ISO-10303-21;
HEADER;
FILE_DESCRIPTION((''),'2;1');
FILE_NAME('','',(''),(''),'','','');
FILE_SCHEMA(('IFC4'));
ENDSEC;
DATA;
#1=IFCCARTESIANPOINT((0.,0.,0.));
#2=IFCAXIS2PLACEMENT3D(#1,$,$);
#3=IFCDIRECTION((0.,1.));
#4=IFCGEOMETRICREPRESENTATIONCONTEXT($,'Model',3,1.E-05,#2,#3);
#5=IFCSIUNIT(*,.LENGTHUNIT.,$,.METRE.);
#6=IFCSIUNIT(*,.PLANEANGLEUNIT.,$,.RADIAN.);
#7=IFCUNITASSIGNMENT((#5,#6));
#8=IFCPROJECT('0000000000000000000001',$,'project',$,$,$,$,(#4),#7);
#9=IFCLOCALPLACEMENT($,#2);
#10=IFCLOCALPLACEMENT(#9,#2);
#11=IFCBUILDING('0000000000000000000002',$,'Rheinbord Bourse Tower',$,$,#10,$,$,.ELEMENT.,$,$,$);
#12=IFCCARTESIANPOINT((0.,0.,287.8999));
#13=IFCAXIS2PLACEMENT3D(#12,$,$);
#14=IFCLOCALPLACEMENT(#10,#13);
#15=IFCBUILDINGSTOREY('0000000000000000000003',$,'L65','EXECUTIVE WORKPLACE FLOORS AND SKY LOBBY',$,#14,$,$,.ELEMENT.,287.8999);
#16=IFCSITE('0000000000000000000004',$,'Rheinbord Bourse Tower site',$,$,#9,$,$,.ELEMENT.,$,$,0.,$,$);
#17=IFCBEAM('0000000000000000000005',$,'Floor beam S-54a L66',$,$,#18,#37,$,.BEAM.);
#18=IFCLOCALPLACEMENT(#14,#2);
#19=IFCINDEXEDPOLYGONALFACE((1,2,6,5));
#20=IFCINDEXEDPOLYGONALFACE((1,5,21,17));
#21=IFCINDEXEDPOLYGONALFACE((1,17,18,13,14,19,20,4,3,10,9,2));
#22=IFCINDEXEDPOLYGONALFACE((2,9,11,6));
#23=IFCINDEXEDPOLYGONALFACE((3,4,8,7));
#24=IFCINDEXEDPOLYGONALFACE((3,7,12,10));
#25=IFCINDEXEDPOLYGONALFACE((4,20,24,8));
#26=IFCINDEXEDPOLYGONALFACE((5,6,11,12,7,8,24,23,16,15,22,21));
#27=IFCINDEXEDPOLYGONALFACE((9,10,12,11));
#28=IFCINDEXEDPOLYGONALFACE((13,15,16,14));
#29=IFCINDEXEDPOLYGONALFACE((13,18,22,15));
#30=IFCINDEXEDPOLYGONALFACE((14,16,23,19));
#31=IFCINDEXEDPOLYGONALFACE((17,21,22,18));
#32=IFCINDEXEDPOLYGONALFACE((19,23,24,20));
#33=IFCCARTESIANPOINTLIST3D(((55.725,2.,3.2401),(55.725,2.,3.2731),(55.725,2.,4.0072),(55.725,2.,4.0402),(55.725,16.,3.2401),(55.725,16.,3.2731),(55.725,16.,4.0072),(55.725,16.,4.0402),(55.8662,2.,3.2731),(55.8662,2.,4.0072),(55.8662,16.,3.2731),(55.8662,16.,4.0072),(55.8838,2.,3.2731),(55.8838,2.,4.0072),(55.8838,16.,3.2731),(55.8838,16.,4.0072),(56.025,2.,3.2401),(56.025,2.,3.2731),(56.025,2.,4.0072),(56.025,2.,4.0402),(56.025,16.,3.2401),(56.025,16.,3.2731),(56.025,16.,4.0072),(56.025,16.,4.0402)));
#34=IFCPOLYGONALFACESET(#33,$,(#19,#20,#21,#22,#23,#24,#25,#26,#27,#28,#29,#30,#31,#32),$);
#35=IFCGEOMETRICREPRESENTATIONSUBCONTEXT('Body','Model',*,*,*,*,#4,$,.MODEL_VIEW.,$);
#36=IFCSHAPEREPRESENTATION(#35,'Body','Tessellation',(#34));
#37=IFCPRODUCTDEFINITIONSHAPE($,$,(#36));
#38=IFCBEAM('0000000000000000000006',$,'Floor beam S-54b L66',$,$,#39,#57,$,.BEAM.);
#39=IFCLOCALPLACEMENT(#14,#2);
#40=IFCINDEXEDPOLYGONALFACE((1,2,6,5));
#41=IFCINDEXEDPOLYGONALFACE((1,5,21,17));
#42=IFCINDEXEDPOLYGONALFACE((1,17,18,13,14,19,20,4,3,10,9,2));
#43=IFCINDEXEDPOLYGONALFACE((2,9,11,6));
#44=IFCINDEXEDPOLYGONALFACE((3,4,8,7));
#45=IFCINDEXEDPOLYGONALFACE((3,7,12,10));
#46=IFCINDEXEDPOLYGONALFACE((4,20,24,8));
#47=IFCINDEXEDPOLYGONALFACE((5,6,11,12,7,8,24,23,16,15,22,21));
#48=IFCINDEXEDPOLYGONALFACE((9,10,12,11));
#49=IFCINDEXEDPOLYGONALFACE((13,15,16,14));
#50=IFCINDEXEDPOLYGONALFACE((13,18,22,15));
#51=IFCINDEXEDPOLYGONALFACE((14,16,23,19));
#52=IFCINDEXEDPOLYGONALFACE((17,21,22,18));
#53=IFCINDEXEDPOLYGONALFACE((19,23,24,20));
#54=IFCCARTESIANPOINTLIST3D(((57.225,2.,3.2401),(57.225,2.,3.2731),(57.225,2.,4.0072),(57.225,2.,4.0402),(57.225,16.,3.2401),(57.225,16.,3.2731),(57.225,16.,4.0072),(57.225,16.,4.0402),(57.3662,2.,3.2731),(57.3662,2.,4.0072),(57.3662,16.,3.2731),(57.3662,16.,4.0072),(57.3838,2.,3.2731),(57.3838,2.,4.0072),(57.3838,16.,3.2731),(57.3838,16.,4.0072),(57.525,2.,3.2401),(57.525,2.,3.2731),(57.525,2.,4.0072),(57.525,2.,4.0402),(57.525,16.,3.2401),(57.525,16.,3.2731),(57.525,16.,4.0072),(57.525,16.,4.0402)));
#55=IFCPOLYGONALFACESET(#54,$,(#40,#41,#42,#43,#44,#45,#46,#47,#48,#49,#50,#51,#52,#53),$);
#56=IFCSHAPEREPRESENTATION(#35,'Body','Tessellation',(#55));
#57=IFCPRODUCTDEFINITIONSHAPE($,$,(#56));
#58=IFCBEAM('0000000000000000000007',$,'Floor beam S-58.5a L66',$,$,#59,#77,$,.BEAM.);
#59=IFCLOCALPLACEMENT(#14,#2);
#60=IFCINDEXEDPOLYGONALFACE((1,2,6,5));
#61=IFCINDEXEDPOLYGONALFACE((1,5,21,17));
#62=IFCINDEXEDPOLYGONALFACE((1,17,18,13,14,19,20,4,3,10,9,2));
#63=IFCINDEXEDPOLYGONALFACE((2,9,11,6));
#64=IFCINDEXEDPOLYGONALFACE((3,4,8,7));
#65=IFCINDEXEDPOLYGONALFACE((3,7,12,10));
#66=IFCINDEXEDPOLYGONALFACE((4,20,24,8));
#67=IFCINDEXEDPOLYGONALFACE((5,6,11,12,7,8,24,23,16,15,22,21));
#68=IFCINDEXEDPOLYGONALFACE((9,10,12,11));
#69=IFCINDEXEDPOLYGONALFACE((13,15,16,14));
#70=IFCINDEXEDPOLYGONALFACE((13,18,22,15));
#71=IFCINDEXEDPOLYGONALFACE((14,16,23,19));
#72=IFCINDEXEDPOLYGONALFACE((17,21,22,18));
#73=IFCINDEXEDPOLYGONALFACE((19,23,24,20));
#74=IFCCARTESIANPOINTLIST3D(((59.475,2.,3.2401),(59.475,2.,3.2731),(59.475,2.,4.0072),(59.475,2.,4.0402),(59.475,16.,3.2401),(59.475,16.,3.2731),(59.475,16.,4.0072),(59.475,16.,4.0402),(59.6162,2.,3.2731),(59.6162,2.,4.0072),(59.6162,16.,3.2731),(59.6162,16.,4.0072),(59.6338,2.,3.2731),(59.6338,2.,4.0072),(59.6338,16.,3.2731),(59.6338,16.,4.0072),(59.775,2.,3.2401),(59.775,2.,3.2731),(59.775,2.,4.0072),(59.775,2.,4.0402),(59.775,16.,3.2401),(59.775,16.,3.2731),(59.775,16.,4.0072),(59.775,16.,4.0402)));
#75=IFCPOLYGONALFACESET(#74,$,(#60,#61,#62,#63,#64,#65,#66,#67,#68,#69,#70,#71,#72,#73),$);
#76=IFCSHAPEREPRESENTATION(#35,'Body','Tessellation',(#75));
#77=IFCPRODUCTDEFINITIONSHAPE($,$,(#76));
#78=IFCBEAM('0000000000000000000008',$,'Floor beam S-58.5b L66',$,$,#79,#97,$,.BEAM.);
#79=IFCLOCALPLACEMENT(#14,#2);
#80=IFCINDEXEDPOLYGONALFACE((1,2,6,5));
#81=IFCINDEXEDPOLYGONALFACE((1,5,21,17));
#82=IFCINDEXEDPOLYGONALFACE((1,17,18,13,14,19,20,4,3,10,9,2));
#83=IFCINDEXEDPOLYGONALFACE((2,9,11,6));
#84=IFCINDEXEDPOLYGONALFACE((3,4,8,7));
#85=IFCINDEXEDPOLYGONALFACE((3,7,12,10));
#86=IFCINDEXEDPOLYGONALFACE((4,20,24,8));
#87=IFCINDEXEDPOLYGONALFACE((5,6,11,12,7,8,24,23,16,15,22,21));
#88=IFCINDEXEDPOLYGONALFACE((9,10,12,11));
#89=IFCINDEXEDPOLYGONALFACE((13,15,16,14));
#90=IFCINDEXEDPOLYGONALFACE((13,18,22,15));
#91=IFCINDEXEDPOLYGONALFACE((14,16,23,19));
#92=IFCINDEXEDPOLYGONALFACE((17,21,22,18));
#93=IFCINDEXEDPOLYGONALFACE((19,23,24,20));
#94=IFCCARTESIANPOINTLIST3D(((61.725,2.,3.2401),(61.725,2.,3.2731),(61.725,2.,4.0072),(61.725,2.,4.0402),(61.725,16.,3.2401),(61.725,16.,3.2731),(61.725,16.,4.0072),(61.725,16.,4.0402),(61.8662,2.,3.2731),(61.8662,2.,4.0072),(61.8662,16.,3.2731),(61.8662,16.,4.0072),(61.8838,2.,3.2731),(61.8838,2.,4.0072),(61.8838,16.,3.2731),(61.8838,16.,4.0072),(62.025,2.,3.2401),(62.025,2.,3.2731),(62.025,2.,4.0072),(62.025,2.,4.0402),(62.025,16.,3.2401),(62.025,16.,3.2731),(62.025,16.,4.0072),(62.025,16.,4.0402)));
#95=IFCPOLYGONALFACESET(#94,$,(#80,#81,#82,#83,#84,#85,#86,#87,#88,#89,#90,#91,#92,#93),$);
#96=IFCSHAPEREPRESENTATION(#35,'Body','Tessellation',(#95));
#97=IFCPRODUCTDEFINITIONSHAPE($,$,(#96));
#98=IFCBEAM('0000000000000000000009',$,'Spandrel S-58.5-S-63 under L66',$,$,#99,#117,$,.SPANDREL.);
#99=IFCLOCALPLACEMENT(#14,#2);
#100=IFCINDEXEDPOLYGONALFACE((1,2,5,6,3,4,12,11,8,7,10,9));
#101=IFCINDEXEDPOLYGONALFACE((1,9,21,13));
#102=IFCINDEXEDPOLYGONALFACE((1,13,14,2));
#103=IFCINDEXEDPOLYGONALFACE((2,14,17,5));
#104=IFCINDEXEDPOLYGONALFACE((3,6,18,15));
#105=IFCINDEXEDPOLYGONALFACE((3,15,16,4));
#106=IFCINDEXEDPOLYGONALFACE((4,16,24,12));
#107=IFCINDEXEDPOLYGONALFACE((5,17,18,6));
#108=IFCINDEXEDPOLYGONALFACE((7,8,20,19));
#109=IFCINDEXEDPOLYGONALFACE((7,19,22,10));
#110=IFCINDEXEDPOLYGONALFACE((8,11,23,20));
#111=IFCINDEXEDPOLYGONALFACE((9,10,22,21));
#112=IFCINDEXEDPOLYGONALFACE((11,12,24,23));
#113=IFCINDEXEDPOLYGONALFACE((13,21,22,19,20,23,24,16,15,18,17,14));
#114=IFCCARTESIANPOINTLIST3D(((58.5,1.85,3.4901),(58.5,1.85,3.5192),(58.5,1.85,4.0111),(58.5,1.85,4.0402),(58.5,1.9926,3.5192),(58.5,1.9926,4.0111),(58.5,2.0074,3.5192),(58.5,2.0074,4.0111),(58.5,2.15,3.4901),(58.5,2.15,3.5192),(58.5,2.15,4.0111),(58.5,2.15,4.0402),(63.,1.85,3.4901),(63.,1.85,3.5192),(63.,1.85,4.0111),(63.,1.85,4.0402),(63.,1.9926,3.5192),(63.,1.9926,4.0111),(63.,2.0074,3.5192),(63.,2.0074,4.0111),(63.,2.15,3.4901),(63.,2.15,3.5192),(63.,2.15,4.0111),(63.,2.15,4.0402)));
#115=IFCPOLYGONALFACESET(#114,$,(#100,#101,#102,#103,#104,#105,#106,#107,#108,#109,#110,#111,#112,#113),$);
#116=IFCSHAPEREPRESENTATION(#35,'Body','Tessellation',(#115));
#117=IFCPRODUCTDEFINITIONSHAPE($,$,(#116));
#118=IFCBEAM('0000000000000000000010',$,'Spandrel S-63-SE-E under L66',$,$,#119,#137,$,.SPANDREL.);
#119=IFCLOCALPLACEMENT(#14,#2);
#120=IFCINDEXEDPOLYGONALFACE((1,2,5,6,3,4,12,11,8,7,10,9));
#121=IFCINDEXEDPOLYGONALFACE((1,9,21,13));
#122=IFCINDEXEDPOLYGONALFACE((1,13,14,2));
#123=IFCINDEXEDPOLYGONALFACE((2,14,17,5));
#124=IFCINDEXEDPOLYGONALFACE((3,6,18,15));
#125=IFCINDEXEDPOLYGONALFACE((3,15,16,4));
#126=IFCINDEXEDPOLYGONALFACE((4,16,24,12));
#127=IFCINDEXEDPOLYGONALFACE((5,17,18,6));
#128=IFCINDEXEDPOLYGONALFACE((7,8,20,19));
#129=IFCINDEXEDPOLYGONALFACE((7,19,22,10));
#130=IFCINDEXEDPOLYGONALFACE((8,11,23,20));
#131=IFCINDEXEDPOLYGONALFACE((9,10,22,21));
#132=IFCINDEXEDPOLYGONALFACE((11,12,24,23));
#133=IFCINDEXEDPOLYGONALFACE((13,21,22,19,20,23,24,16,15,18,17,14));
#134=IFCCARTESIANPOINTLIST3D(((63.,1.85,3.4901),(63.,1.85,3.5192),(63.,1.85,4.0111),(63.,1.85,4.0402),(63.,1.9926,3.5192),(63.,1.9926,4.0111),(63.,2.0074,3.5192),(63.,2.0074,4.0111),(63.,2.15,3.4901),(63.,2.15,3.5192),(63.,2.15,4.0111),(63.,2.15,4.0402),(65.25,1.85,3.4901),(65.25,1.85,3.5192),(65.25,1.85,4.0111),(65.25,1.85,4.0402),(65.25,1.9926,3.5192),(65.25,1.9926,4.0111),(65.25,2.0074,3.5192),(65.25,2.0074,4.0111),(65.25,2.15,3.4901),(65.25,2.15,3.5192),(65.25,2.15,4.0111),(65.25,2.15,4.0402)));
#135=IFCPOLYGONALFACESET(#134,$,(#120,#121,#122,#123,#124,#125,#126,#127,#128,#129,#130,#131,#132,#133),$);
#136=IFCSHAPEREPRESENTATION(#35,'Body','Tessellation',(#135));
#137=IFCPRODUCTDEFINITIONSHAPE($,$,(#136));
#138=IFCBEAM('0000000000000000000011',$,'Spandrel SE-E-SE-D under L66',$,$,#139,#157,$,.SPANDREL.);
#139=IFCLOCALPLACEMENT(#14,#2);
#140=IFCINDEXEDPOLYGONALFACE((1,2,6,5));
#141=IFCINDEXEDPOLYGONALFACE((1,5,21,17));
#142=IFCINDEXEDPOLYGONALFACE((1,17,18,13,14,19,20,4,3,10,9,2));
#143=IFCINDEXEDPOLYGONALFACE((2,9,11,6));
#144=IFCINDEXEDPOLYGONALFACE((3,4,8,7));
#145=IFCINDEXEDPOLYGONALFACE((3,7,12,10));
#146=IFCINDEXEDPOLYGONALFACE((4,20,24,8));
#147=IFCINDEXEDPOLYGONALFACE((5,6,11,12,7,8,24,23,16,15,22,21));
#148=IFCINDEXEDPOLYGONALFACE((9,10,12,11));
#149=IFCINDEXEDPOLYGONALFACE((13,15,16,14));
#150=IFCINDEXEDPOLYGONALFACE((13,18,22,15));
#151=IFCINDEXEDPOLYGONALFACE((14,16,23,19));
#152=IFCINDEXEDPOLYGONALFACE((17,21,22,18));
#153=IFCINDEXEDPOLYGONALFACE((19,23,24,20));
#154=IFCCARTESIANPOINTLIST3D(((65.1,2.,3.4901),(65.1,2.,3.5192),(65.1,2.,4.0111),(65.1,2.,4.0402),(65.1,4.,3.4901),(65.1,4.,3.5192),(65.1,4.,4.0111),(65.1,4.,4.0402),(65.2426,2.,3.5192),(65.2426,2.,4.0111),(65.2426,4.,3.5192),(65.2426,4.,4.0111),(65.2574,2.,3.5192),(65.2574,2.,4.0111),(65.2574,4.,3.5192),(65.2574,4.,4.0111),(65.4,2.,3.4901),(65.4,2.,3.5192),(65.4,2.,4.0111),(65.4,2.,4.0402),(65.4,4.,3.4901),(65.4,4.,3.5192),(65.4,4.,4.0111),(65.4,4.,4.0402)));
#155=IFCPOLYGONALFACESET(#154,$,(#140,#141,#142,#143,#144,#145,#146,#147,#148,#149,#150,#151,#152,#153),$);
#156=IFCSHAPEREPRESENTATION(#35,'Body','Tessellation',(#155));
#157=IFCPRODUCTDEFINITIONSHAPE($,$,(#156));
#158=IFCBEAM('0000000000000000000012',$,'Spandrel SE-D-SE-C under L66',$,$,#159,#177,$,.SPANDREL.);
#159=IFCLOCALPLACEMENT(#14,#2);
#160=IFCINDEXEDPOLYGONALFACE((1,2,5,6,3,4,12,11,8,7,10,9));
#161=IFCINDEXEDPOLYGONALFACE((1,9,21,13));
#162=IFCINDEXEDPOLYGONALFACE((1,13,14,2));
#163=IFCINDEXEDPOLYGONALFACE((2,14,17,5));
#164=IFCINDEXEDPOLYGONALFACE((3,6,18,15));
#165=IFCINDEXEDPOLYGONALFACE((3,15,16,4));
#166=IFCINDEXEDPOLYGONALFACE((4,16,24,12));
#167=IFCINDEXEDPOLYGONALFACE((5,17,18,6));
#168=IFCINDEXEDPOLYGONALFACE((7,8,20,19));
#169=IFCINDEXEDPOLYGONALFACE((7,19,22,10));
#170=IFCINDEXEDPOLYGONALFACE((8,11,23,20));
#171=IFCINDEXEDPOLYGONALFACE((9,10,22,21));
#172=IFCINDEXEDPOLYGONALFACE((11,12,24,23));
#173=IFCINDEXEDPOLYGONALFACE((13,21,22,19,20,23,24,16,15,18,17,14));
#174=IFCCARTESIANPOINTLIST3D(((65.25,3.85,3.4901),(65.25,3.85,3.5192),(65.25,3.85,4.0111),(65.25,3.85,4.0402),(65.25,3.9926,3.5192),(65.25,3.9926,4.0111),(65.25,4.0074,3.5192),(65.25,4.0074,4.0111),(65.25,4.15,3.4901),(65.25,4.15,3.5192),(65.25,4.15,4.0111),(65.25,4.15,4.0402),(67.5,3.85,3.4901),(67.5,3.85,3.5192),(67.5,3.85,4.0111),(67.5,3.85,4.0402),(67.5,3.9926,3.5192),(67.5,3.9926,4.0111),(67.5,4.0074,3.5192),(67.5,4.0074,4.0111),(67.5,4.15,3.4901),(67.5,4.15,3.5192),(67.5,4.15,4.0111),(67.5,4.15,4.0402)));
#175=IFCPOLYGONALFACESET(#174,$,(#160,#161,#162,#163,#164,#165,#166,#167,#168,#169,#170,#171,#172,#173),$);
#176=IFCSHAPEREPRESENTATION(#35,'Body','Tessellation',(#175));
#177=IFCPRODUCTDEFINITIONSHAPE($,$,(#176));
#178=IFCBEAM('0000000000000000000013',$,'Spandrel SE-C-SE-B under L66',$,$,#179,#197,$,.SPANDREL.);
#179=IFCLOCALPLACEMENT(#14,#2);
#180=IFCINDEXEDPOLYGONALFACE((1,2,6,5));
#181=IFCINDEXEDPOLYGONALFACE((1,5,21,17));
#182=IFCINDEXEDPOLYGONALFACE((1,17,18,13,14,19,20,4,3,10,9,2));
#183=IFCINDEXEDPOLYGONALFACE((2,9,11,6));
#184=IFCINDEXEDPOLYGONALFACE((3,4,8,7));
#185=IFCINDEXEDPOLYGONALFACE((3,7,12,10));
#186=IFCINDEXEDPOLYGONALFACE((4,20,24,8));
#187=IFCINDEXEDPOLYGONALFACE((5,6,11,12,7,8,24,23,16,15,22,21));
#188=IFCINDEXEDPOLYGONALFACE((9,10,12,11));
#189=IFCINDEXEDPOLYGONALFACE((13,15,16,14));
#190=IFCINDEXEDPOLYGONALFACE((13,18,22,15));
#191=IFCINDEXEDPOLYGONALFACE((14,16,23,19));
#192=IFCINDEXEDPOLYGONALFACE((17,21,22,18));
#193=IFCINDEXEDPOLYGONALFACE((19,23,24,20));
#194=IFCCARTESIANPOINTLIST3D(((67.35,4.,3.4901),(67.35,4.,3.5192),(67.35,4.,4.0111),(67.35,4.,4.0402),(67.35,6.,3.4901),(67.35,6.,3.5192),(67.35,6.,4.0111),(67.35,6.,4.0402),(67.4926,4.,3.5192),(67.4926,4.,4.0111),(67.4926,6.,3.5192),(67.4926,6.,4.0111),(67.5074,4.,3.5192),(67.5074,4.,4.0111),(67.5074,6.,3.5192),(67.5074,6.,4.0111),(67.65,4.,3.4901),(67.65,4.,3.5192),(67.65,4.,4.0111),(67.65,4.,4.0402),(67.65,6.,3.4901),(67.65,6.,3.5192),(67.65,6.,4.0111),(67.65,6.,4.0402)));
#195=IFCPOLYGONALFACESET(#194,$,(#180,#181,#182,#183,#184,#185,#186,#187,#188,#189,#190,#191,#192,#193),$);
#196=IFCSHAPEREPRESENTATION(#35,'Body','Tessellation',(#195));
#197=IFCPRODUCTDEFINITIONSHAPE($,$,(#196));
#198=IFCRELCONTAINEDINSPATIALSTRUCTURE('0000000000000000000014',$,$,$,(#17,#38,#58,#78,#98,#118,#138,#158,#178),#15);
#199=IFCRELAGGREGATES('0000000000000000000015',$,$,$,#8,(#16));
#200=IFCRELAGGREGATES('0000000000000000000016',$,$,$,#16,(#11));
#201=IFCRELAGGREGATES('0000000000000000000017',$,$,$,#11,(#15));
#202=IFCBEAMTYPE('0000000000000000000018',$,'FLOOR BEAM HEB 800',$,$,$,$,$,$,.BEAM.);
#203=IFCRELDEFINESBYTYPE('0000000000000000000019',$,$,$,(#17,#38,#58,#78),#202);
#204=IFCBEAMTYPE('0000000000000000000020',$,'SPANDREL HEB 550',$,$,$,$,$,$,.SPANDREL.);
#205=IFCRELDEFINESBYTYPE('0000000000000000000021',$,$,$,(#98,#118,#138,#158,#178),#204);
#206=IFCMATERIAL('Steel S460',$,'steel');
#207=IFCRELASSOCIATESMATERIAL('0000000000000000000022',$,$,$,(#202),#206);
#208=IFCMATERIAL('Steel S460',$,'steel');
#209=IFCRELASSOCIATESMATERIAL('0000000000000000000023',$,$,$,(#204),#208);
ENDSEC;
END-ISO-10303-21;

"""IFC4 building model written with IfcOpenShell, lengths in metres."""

from ifc_helpers import new_model, si_unit, direction, frame, origin, origin_2d, place, context, subcontext, project, spatial, i_section, extrude, material, material_profile, profile_set, type_object, element, save


model = new_model("IFC4")

# Units and contexts
model_context = context("Model", 3, precision=1e-05, world=origin(), true_north=direction((0.0, 1.0)))
body_context = subcontext(model_context, "Body", "Model", "MODEL_VIEW")
ifc_project = project(units=[si_unit("LENGTHUNIT", "METRE"), si_unit("PLANEANGLEUNIT", "RADIAN")], contexts=[model_context])

# Site, building, storey
site_placement = place(None, origin())
site = spatial("IfcSite", under=ifc_project, at=site_placement, Name="Rheinbord Bourse Tower site", CompositionType="ELEMENT", RefElevation=0.0)
building_placement = place(site_placement, origin())
building = spatial("IfcBuilding", under=site, at=building_placement, Name="Rheinbord Bourse Tower", CompositionType="ELEMENT")
storey_placement = place(building_placement, frame((0.0, 0.0, 287.8999)))
storey = spatial("IfcBuildingStorey", under=building, at=storey_placement, Name="L65", Description="EXECUTIVE WORKPLACE FLOORS AND SKY LOBBY", CompositionType="ELEMENT", Elevation=287.8999)

# Beams
ifc_material_1 = material(Name="Steel S460", Category="steel")
ifc_material_profile_1 = material_profile(ifc_material_1, i_section(OverallWidth=0.3, OverallDepth=0.8, WebThickness=0.0176, FlangeThickness=0.033, at=origin_2d()), Name="HEB 800")
ifc_profile_set_1 = profile_set([ifc_material_profile_1], Name="Steel S460")
beam_type_1 = type_object("IfcBeamType", Name="FLOOR BEAM HEB 800", PredefinedType="BEAM", material=ifc_profile_set_1)
for number, where, z_axis, x_axis, name in (
    (1, (55.875, 2.0, 3.6401), (0.0, 1.0, 0.0), (-1.0, 0.0, 0.0), "Floor beam S-54a L66"),
    (2, (57.375, 2.0, 3.6401), (0.0, 1.0, 0.0), (-1.0, 0.0, 0.0), "Floor beam S-54b L66"),
    (3, (59.625, 2.0, 3.6401), (0.0, 1.0, 0.0), (-1.0, 0.0, 0.0), "Floor beam S-58.5a L66"),
    (4, (61.875, 2.0, 3.6401), (0.0, 1.0, 0.0), (-1.0, 0.0, 0.0), "Floor beam S-58.5b L66"),
):
    element("IfcBeam", number, at=place(storey_placement, frame(where, z_axis=z_axis, x_axis=x_axis)), inside=storey, type_object=beam_type_1, Name=name, PredefinedType="BEAM", context=body_context, shape_type="SweptSolid", body=[
        extrude(i_section(OverallWidth=0.3, OverallDepth=0.8, WebThickness=0.0176, FlangeThickness=0.033, at=origin_2d()), origin(), (0.0, 0.0, 1.0), 14.0),
    ])
ifc_material_2 = material(Name="Steel S460", Category="steel")
ifc_material_profile_2 = material_profile(ifc_material_2, i_section(OverallWidth=0.3, OverallDepth=0.55, WebThickness=0.0149, FlangeThickness=0.0291, at=origin_2d()), Name="HEB 550")
ifc_profile_set_2 = profile_set([ifc_material_profile_2], Name="Steel S460")
beam_type_2 = type_object("IfcBeamType", Name="SPANDREL HEB 550", PredefinedType="SPANDREL", material=ifc_profile_set_2)
beam_1_placement = place(storey_placement, frame((58.5, 2.0, 3.7651), z_axis=(1.0, 0.0, 0.0), x_axis=(0.0, 1.0, 0.0)))
element("IfcBeam", 5, at=beam_1_placement, inside=storey, type_object=beam_type_2, Name="Spandrel S-58.5-S-63 under L66", PredefinedType="SPANDREL", context=body_context, shape_type="SweptSolid", body=[
    extrude(i_section(OverallWidth=0.3, OverallDepth=0.55, WebThickness=0.0149, FlangeThickness=0.0291, at=origin_2d()), origin(), (0.0, 0.0, 1.0), 4.5),
])
beam_2_placement = place(storey_placement, frame((63.0, 2.0, 3.7651), z_axis=(1.0, 0.0, 0.0), x_axis=(0.0, 1.0, 0.0)))
element("IfcBeam", 6, at=beam_2_placement, inside=storey, type_object=beam_type_2, Name="Spandrel S-63-SE-E under L66", PredefinedType="SPANDREL", context=body_context, shape_type="SweptSolid", body=[
    extrude(i_section(OverallWidth=0.3, OverallDepth=0.55, WebThickness=0.0149, FlangeThickness=0.0291, at=origin_2d()), origin(), (0.0, 0.0, 1.0), 2.25),
])
beam_3_placement = place(storey_placement, frame((65.25, 2.0, 3.7651), z_axis=(0.0, 1.0, 0.0), x_axis=(-1.0, 0.0, 0.0)))
element("IfcBeam", 7, at=beam_3_placement, inside=storey, type_object=beam_type_2, Name="Spandrel SE-E-SE-D under L66", PredefinedType="SPANDREL", context=body_context, shape_type="SweptSolid", body=[
    extrude(i_section(OverallWidth=0.3, OverallDepth=0.55, WebThickness=0.0149, FlangeThickness=0.0291, at=origin_2d()), origin(), (0.0, 0.0, 1.0), 2.0),
])
beam_4_placement = place(storey_placement, frame((65.25, 4.0, 3.7651), z_axis=(1.0, 0.0, 0.0), x_axis=(0.0, 1.0, 0.0)))
element("IfcBeam", 8, at=beam_4_placement, inside=storey, type_object=beam_type_2, Name="Spandrel SE-D-SE-C under L66", PredefinedType="SPANDREL", context=body_context, shape_type="SweptSolid", body=[
    extrude(i_section(OverallWidth=0.3, OverallDepth=0.55, WebThickness=0.0149, FlangeThickness=0.0291, at=origin_2d()), origin(), (0.0, 0.0, 1.0), 2.25),
])
beam_5_placement = place(storey_placement, frame((67.5, 4.0, 3.7651), z_axis=(0.0, 1.0, 0.0), x_axis=(-1.0, 0.0, 0.0)))
element("IfcBeam", 9, at=beam_5_placement, inside=storey, type_object=beam_type_2, Name="Spandrel SE-C-SE-B under L66", PredefinedType="SPANDREL", context=body_context, shape_type="SweptSolid", body=[
    extrude(i_section(OverallWidth=0.3, OverallDepth=0.55, WebThickness=0.0149, FlangeThickness=0.0291, at=origin_2d()), origin(), (0.0, 0.0, 1.0), 2.0),
])

save(model, "model.ifc")
